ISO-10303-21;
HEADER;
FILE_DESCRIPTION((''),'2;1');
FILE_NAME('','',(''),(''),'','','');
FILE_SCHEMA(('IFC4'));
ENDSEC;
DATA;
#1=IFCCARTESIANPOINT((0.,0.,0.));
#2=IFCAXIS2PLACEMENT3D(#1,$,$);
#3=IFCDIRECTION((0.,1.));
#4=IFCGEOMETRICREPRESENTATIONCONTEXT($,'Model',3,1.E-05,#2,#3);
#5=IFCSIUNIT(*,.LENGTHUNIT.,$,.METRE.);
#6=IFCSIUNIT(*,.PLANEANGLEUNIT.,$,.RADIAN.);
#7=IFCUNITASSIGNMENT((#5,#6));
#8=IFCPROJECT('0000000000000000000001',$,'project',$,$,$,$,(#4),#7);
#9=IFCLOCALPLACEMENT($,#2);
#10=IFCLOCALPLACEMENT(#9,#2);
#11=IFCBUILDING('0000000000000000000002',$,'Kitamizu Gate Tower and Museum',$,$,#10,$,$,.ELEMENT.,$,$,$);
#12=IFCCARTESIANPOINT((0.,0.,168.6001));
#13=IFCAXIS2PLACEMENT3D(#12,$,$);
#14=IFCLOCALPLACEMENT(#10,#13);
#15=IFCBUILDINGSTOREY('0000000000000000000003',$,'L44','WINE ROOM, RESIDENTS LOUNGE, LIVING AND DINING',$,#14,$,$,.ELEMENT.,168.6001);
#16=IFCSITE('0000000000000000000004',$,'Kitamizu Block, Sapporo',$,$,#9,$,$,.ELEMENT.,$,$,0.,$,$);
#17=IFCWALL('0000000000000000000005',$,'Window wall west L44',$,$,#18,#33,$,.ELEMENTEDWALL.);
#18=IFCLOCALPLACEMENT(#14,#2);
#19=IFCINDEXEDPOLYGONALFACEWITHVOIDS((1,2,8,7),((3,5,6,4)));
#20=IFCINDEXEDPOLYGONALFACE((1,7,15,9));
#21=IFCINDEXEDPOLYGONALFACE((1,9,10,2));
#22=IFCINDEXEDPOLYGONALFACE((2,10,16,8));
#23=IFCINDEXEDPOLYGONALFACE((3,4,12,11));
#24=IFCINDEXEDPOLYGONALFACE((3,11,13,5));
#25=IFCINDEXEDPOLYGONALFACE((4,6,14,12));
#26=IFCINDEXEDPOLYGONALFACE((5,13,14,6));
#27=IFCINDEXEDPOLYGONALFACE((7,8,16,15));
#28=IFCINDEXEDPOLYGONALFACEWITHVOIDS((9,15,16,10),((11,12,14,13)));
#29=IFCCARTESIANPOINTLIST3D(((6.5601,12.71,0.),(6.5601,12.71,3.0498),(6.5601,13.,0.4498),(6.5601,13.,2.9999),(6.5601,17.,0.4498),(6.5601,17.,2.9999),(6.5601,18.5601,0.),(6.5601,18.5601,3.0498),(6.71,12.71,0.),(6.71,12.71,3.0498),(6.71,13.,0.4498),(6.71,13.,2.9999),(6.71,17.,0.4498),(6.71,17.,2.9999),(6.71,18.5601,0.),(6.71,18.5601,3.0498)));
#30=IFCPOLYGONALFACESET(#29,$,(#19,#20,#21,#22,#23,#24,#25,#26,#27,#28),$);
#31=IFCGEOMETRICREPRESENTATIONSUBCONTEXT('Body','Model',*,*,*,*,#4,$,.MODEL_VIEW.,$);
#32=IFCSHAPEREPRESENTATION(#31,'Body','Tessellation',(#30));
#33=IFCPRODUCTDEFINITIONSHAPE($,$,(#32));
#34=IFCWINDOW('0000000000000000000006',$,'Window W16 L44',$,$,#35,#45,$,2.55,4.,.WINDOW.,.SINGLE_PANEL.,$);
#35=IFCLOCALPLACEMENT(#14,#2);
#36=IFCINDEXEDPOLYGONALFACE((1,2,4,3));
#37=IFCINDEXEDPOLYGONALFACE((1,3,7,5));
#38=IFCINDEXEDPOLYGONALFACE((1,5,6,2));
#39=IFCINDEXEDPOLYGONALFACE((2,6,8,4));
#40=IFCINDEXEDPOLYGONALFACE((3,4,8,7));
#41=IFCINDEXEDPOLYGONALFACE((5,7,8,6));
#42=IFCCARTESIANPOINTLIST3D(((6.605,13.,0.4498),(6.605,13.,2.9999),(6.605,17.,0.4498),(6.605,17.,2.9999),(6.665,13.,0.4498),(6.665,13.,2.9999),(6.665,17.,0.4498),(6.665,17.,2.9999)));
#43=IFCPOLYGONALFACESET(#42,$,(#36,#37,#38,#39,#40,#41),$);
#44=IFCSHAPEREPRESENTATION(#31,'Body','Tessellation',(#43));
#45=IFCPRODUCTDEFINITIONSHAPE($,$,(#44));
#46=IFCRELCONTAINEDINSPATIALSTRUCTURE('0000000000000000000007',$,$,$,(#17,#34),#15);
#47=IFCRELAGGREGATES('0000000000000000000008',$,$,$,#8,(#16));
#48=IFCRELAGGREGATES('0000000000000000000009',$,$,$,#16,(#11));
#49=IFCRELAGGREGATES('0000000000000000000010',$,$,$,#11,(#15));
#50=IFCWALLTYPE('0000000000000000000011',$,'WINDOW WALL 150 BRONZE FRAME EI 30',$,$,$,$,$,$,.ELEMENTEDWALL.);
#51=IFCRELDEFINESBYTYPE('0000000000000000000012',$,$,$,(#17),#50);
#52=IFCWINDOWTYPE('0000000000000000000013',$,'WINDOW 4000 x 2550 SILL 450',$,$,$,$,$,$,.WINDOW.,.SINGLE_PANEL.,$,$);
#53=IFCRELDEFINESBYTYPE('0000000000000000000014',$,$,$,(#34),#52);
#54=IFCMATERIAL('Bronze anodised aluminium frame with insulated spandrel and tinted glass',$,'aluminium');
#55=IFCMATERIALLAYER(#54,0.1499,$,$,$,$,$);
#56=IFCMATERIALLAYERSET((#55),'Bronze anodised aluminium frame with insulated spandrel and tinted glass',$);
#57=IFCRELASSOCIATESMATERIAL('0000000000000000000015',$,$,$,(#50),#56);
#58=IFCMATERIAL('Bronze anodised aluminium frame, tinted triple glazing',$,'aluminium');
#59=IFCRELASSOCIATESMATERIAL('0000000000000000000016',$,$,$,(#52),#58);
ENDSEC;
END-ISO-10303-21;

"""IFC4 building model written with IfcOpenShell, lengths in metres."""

from ifc_helpers import new_model, si_unit, direction, frame, frame_2d, origin, place, context, subcontext, project, spatial, rectangle, extrude, material, layer, layer_set, type_object, element, fill, save


model = new_model("IFC4")

# Units and contexts
model_context = context("Model", 3, precision=1e-05, world=origin(), true_north=direction((0.0, 1.0)))
body_context = subcontext(model_context, "Body", "Model", "MODEL_VIEW")
ifc_project = project(units=[si_unit("LENGTHUNIT", "METRE"), si_unit("PLANEANGLEUNIT", "RADIAN")], contexts=[model_context])

# Site, building, storey
site_placement = place(None, origin())
site = spatial("IfcSite", under=ifc_project, at=site_placement, Name="Kitamizu Block, Sapporo", CompositionType="ELEMENT", RefElevation=0.0)
building_placement = place(site_placement, origin())
building = spatial("IfcBuilding", under=site, at=building_placement, Name="Kitamizu Gate Tower and Museum", CompositionType="ELEMENT")
storey_placement = place(building_placement, frame((0.0, 0.0, 168.6001)))
storey = spatial("IfcBuildingStorey", under=building, at=storey_placement, Name="L44", Description="WINE ROOM, RESIDENTS LOUNGE, LIVING AND DINING", CompositionType="ELEMENT", Elevation=168.6001)

# Shared definitions
ifc_material_1 = material(Name="Bronze anodised aluminium frame with insulated spandrel and tinted glass", Category="aluminium")
ifc_layer = layer(ifc_material_1, 0.1499)
ifc_layer_set = layer_set([ifc_layer], Name="Bronze anodised aluminium frame with insulated spandrel and tinted glass")
wall_type = type_object("IfcWallType", Name="WINDOW WALL 150 BRONZE FRAME EI 30", PredefinedType="ELEMENTEDWALL", material=ifc_layer_set)

# Wall, opening, window
ifc_material_2 = material(Name="Bronze anodised aluminium frame, tinted triple glazing", Category="aluminium")
window_type_1 = type_object("IfcWindowType", Name="WINDOW 4000 x 2550 SILL 450", PartitioningType="SINGLE_PANEL", PredefinedType="WINDOW", material=ifc_material_2)
wall_1_placement = place(storey_placement, frame((6.635, 12.71, 0.0), z_axis=(0.0, 0.0, 1.0), x_axis=(0.0, 1.0, 0.0)))
wall_1 = element("IfcWall", 1, at=wall_1_placement, inside=storey, type_object=wall_type, Name="Window wall west L44", PredefinedType="ELEMENTEDWALL", context=body_context, shape_type="SweptSolid", body=[
    extrude(rectangle(XDim=5.8501, YDim=0.1499, at=frame_2d((2.925, 0.0))), origin(), (0.0, 0.0, 1.0), 3.0498),
])
opening_1_placement = place(wall_1_placement, frame((0.29, 0.0, 0.45)))
opening_1 = element("IfcOpeningElement", 2, at=opening_1_placement, cuts=wall_1, PredefinedType="OPENING", context=body_context, shape_type="SweptSolid", body=[
    extrude(rectangle(XDim=4.0, YDim=2.55, at=frame_2d((2.0, 1.2749))), frame((0.0, 0.085, 0.0), z_axis=(0.0, -1.0, 0.0), x_axis=(1.0, 0.0, 0.0)), (0.0, 0.0, 1.0), 0.1699),
])
window_1_placement = place(opening_1_placement, origin())
window_1 = element("IfcWindow", 3, at=window_1_placement, inside=storey, type_object=window_type_1, Name="Window W16 L44", OverallHeight=2.55, OverallWidth=4.0, PartitioningType="SINGLE_PANEL", PredefinedType="WINDOW", context=body_context, shape_type="SweptSolid", body=[
    extrude(rectangle(XDim=4.0, YDim=2.55, at=frame_2d((2.0, 1.2749))), frame((0.0, 0.03, 0.0), z_axis=(0.0, -1.0, 0.0), x_axis=(1.0, 0.0, 0.0)), (0.0, 0.0, 1.0), 0.0601),
])
fill(opening_1, window_1)

save(model, "model.ifc")
